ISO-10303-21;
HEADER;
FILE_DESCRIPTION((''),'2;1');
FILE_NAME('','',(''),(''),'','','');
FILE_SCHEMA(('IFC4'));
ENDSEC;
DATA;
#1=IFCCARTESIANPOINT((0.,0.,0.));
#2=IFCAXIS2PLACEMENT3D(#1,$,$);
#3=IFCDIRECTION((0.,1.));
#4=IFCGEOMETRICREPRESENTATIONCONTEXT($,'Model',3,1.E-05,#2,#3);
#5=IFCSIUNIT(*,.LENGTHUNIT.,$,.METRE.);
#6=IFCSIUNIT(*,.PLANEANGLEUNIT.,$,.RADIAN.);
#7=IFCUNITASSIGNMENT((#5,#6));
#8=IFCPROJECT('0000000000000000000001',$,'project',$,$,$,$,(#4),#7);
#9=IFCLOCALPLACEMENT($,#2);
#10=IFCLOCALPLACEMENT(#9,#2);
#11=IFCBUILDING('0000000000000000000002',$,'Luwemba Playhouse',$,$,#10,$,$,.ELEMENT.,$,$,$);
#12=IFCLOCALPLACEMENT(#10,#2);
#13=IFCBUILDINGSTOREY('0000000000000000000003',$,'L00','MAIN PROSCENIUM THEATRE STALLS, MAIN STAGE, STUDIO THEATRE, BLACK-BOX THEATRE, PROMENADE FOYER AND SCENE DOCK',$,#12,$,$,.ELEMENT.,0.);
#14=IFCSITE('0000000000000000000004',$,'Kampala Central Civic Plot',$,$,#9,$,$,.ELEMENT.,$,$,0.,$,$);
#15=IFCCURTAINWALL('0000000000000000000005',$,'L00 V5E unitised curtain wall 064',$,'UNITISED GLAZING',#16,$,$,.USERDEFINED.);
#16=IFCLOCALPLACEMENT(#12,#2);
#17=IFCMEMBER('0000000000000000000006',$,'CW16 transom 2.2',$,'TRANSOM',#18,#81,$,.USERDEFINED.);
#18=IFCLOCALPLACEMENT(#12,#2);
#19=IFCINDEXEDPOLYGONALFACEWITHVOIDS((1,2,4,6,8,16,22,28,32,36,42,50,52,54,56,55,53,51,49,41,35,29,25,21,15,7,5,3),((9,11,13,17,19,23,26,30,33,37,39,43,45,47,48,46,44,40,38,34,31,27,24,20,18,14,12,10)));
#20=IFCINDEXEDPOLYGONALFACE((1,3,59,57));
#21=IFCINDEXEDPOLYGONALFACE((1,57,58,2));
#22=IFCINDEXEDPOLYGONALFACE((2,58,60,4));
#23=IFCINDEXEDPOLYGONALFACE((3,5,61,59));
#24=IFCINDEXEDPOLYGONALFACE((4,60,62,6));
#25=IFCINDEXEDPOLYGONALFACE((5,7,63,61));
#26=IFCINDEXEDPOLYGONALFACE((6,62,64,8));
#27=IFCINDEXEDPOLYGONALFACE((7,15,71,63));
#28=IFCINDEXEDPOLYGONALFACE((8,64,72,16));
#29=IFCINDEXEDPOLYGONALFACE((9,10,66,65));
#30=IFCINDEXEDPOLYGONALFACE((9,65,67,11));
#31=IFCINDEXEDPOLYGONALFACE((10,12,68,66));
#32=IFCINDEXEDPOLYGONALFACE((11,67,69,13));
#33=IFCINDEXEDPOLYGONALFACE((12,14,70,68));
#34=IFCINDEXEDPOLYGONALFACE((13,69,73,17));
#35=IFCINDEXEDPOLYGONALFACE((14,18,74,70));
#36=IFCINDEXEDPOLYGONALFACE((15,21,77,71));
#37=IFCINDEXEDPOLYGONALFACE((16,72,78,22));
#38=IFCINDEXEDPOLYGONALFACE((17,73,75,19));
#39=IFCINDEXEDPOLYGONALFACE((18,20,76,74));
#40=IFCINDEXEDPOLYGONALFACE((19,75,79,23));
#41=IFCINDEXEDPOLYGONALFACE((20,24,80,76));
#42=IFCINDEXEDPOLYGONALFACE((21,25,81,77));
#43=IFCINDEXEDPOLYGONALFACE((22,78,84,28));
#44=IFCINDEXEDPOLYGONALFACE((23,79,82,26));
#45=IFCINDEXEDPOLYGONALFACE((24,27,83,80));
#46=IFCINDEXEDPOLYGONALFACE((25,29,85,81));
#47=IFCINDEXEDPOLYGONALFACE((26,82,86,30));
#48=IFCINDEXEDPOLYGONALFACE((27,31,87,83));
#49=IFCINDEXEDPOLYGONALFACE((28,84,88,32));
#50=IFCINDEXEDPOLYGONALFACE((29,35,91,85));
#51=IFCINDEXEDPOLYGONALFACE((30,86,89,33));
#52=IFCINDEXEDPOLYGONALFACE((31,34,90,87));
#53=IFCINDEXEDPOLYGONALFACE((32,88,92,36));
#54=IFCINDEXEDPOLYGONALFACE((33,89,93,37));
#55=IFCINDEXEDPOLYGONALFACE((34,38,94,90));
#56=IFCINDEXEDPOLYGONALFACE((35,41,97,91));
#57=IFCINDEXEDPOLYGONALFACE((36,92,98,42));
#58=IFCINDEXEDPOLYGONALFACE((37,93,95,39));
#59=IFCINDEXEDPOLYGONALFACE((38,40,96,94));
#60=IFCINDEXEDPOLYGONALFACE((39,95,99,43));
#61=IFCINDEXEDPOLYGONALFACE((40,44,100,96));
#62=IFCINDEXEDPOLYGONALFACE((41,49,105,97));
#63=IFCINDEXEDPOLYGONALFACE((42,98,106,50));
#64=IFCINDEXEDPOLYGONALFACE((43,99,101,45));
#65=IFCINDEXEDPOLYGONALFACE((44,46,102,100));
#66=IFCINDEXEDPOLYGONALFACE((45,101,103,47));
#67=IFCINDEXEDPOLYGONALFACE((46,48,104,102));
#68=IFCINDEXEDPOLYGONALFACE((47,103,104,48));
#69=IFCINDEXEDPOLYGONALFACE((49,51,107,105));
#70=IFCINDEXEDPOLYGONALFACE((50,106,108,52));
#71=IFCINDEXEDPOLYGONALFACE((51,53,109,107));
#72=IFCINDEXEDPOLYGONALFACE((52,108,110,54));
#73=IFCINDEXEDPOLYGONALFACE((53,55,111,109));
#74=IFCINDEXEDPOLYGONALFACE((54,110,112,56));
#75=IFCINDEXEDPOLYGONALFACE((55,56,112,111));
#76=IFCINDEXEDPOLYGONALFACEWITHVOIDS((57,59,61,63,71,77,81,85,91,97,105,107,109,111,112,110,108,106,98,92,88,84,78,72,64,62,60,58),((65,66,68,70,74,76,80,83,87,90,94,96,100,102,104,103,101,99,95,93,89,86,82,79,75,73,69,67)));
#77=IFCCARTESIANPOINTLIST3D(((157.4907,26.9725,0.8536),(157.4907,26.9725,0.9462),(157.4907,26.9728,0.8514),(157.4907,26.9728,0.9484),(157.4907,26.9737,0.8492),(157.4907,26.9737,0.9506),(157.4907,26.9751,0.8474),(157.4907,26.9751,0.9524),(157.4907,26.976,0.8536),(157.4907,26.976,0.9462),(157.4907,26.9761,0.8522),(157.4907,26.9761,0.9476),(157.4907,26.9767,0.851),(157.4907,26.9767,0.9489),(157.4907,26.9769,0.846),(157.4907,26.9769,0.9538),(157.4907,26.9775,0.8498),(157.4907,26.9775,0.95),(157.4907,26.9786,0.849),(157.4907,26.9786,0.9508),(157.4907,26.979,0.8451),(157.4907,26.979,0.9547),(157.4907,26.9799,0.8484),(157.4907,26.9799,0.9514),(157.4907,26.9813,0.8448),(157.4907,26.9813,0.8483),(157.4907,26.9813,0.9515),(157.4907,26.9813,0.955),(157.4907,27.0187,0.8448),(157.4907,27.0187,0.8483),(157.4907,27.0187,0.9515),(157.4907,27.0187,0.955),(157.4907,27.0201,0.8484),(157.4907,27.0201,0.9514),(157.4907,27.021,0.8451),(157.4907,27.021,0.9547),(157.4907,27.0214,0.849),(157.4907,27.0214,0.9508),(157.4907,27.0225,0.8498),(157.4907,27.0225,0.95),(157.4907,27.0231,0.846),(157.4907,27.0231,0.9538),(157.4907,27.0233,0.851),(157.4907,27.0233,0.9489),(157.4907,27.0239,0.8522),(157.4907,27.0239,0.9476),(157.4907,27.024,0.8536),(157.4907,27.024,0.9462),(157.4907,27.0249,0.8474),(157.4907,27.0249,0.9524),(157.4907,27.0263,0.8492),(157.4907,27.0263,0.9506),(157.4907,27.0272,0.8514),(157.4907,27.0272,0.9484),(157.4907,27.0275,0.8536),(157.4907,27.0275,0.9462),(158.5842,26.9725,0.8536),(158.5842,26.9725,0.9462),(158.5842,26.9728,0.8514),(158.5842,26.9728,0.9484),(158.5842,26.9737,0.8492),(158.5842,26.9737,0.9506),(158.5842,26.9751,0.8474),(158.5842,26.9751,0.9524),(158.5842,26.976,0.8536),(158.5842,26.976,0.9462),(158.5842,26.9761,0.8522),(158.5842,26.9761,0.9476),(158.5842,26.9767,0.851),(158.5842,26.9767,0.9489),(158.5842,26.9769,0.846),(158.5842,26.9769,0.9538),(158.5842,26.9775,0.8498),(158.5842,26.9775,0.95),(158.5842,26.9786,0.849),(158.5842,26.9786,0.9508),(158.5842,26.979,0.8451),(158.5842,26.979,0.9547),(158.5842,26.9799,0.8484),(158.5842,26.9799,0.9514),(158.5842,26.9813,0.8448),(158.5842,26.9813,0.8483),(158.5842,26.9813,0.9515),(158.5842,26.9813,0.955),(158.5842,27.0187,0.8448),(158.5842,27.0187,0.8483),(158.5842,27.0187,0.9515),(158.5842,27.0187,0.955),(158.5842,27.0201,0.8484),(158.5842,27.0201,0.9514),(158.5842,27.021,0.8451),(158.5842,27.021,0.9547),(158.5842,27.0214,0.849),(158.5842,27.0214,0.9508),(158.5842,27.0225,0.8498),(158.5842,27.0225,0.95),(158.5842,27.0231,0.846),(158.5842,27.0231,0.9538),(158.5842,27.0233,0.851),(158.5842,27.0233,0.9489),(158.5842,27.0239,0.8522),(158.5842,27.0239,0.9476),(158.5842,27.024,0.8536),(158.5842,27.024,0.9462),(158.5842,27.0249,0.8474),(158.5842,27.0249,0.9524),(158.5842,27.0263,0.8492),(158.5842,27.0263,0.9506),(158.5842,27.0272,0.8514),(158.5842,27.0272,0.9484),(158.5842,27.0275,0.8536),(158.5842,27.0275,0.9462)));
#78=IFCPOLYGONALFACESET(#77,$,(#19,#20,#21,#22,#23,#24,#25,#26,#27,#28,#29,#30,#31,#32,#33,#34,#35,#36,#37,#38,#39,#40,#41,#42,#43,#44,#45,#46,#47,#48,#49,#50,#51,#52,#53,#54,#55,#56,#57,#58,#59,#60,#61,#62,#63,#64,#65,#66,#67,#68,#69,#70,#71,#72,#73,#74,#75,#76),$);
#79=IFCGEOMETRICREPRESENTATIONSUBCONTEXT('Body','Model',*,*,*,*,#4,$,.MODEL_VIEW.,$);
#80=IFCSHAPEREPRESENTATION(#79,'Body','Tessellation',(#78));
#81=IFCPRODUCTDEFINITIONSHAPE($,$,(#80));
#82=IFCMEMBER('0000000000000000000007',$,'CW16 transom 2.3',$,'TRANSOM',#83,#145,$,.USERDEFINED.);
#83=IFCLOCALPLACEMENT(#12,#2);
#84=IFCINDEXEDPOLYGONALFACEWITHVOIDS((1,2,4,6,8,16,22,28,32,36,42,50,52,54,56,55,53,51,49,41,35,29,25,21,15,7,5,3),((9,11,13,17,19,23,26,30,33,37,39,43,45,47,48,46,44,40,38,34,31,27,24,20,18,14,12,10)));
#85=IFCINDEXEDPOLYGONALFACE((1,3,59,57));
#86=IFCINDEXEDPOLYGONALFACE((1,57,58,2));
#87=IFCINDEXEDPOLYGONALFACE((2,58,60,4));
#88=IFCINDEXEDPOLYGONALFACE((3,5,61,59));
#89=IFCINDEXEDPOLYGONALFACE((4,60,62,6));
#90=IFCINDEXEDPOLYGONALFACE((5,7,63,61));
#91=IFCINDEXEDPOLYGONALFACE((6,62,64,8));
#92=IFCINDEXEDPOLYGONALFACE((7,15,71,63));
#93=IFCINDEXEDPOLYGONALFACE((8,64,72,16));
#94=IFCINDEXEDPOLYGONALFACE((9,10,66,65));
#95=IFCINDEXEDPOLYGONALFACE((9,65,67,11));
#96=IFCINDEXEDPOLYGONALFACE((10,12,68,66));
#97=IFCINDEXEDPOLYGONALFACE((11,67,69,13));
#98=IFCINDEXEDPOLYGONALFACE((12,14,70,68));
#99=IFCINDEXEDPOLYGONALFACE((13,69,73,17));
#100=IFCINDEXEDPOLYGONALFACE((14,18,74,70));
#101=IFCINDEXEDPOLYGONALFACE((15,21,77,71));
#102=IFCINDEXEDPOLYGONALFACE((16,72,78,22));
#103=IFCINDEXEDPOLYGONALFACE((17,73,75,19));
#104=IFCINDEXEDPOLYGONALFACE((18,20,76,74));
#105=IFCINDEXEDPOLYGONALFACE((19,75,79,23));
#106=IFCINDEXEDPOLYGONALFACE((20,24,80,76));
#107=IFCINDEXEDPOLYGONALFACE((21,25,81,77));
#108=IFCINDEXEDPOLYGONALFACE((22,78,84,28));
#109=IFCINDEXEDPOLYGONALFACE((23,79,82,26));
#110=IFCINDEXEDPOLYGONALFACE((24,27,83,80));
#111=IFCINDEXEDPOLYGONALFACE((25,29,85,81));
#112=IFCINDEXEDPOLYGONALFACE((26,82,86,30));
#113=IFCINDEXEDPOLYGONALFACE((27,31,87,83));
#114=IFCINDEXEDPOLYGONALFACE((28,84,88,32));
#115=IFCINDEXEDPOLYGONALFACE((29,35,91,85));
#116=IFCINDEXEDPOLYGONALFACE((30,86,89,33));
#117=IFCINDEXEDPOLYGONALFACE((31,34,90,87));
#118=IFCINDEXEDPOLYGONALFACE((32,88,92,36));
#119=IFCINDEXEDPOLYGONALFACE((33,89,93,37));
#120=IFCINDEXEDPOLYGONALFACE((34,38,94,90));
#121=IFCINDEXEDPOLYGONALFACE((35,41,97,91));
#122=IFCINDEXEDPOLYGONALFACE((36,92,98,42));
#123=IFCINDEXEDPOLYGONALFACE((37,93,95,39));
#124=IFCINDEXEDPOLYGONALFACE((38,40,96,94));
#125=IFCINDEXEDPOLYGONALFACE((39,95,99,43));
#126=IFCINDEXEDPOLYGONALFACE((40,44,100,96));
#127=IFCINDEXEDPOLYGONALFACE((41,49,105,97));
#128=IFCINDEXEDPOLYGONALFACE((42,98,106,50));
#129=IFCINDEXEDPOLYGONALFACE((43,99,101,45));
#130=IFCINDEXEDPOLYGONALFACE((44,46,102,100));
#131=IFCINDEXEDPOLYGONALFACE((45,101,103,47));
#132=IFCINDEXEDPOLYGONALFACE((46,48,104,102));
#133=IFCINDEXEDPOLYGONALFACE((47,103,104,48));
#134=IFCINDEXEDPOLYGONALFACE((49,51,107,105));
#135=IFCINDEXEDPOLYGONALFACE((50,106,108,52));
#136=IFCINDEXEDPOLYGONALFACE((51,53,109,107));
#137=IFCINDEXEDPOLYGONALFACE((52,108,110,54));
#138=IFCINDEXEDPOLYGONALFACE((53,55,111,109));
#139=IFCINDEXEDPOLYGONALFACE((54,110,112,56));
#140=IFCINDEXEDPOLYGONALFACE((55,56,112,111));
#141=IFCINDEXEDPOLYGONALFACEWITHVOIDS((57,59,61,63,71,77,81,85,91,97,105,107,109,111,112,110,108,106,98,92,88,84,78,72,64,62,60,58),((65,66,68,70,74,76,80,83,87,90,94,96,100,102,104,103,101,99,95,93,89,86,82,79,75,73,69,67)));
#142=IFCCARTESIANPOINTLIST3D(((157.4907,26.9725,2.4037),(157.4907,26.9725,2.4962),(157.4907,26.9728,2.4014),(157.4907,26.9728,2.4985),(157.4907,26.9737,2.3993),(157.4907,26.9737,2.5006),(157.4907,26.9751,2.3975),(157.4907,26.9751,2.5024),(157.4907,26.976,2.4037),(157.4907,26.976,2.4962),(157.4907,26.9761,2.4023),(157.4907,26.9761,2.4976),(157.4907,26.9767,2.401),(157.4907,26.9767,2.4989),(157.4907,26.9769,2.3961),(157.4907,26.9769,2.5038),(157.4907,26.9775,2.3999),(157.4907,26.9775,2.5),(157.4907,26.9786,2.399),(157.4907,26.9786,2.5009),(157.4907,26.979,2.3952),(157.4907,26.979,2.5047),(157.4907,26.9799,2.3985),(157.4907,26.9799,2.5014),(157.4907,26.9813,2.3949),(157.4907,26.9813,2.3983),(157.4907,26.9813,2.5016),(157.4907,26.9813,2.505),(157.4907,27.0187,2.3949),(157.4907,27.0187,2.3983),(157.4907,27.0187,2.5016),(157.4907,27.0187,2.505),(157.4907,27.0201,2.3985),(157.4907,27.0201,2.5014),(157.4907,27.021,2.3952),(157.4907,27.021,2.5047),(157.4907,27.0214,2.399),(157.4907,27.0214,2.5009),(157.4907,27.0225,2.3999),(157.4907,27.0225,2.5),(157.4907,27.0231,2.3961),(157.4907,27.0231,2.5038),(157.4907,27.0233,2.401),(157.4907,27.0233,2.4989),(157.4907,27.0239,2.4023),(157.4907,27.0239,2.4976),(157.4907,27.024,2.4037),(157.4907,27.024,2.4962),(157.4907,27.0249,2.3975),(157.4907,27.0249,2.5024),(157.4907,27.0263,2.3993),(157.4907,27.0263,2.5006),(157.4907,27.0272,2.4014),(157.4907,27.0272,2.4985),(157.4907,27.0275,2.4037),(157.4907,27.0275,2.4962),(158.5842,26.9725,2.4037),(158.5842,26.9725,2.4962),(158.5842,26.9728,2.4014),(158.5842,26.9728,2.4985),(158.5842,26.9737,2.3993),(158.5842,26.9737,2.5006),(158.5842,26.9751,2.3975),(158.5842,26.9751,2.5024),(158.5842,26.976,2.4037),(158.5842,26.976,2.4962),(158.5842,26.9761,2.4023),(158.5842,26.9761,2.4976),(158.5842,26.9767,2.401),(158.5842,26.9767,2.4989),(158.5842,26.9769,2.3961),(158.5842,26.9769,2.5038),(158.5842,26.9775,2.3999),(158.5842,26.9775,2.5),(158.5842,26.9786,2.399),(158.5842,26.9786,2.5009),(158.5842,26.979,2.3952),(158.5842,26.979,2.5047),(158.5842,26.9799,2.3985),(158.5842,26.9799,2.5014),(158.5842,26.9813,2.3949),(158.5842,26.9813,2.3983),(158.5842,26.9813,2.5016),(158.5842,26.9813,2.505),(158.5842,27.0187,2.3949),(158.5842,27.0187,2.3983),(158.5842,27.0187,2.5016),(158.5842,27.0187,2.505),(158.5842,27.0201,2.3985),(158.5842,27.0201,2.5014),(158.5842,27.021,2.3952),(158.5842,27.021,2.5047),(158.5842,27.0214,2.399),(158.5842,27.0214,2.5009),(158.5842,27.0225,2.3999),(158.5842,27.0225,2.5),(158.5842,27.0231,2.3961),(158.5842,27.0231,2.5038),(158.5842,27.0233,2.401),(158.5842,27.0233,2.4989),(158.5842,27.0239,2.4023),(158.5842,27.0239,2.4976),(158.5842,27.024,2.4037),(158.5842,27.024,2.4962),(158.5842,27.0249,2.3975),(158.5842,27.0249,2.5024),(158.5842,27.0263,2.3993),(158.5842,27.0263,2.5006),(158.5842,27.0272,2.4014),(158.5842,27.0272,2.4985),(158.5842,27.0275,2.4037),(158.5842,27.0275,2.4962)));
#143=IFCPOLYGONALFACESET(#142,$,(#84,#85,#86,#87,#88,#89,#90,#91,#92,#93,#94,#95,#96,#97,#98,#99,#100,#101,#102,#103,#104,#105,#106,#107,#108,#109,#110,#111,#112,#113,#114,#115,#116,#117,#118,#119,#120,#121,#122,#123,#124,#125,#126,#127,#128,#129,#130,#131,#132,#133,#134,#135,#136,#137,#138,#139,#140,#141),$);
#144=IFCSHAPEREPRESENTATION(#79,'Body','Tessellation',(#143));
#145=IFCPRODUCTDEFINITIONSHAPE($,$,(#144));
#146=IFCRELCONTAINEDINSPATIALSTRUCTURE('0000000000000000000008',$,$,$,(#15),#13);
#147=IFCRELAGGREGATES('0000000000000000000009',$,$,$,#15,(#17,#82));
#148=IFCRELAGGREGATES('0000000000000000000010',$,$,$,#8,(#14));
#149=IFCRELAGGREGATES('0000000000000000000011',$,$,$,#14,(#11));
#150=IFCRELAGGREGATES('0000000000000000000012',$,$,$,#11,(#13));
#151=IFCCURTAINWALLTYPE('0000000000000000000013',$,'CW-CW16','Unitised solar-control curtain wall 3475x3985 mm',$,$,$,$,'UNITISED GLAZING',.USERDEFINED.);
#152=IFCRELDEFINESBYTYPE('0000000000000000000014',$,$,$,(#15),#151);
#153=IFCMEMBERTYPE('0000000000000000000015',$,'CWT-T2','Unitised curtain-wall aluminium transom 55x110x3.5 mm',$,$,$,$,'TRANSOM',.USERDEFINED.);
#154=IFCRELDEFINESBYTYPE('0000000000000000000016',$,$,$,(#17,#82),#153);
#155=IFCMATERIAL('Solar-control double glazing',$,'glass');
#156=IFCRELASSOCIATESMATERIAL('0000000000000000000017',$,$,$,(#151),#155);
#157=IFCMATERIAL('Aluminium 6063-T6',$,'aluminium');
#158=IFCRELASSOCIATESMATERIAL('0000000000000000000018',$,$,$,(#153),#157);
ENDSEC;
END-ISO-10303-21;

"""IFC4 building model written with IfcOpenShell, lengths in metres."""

from ifc_helpers import new_model, si_unit, direction, frame, origin, origin_2d, place, context, subcontext, project, spatial, hollow_rectangle, extrude, material, material_profile, profile_set, type_object, element, aggregate, save


model = new_model("IFC4")

# Units and contexts
model_context = context("Model", 3, precision=1e-05, world=origin(), true_north=direction((0.0, 1.0)))
body_context = subcontext(model_context, "Body", "Model", "MODEL_VIEW")
ifc_project = project(units=[si_unit("LENGTHUNIT", "METRE"), si_unit("PLANEANGLEUNIT", "RADIAN")], contexts=[model_context])

# Site, building, storey
site_placement = place(None, origin())
site = spatial("IfcSite", under=ifc_project, at=site_placement, Name="Kampala Central Civic Plot", CompositionType="ELEMENT", RefElevation=0.0)
building_placement = place(site_placement, origin())
building = spatial("IfcBuilding", under=site, at=building_placement, Name="Luwemba Playhouse", CompositionType="ELEMENT")
storey_placement = place(building_placement, origin())
storey = spatial("IfcBuildingStorey", under=building, at=storey_placement, Name="L00", Description="MAIN PROSCENIUM THEATRE STALLS, MAIN STAGE, STUDIO THEATRE, BLACK-BOX THEATRE, PROMENADE FOYER AND SCENE DOCK", CompositionType="ELEMENT", Elevation=0.0)

# Curtain wall, members
ifc_material_1 = material(Name="Solar-control double glazing", Category="glass")
curtain_wall_type = type_object("IfcCurtainWallType", Name="CW-CW16", Description="Unitised solar-control curtain wall 3475x3985 mm", ElementType="UNITISED GLAZING", PredefinedType="USERDEFINED", material=ifc_material_1)
curtain_wall_placement = place(storey_placement, origin())
curtain_wall = element("IfcCurtainWall", 1, at=curtain_wall_placement, inside=storey, type_object=curtain_wall_type, Name="L00 V5E unitised curtain wall 064", ObjectType="UNITISED GLAZING", PredefinedType="USERDEFINED")
ifc_material_2 = material(Name="Aluminium 6063-T6", Category="aluminium")
ifc_material_profile_1 = material_profile(ifc_material_2, hollow_rectangle(XDim=0.0549, YDim=0.1101, WallThickness=0.0034, InnerFilletRadius=0.0054, OuterFilletRadius=0.0088, at=origin_2d()))
ifc_profile_set_1 = profile_set([ifc_material_profile_1], Name="Aluminium 6063-T6")
member_type_1 = type_object("IfcMemberType", Name="CWT-T2", Description="Unitised curtain-wall aluminium transom 55x110x3.5 mm", ElementType="TRANSOM", PredefinedType="USERDEFINED", material=ifc_profile_set_1)
member_1_placement = place(storey_placement, frame((157.4907, 27.0, 0.8999), z_axis=(1.0, 0.0, 0.0), x_axis=(0.0, 1.0, 0.0)))
member_1 = element("IfcMember", 2, at=member_1_placement, type_object=member_type_1, Name="CW16 transom 2.2", ObjectType="TRANSOM", PredefinedType="USERDEFINED", context=body_context, shape_type="SweptSolid", body=[
    extrude(hollow_rectangle(XDim=0.0549, YDim=0.1101, WallThickness=0.0034, InnerFilletRadius=0.0054, OuterFilletRadius=0.0088, at=origin_2d()), origin(), (0.0, 0.0, 1.0), 1.0935),
])
member_2_placement = place(storey_placement, frame((157.4907, 27.0, 2.45), z_axis=(1.0, 0.0, 0.0), x_axis=(0.0, 1.0, 0.0)))
member_2 = element("IfcMember", 3, at=member_2_placement, type_object=member_type_1, Name="CW16 transom 2.3", ObjectType="TRANSOM", PredefinedType="USERDEFINED", context=body_context, shape_type="SweptSolid", body=[
    extrude(hollow_rectangle(XDim=0.0549, YDim=0.1101, WallThickness=0.0034, InnerFilletRadius=0.0054, OuterFilletRadius=0.0088, at=origin_2d()), origin(), (0.0, 0.0, 1.0), 1.0935),
])
aggregate(curtain_wall, [member_1, member_2])

save(model, "model.ifc")
